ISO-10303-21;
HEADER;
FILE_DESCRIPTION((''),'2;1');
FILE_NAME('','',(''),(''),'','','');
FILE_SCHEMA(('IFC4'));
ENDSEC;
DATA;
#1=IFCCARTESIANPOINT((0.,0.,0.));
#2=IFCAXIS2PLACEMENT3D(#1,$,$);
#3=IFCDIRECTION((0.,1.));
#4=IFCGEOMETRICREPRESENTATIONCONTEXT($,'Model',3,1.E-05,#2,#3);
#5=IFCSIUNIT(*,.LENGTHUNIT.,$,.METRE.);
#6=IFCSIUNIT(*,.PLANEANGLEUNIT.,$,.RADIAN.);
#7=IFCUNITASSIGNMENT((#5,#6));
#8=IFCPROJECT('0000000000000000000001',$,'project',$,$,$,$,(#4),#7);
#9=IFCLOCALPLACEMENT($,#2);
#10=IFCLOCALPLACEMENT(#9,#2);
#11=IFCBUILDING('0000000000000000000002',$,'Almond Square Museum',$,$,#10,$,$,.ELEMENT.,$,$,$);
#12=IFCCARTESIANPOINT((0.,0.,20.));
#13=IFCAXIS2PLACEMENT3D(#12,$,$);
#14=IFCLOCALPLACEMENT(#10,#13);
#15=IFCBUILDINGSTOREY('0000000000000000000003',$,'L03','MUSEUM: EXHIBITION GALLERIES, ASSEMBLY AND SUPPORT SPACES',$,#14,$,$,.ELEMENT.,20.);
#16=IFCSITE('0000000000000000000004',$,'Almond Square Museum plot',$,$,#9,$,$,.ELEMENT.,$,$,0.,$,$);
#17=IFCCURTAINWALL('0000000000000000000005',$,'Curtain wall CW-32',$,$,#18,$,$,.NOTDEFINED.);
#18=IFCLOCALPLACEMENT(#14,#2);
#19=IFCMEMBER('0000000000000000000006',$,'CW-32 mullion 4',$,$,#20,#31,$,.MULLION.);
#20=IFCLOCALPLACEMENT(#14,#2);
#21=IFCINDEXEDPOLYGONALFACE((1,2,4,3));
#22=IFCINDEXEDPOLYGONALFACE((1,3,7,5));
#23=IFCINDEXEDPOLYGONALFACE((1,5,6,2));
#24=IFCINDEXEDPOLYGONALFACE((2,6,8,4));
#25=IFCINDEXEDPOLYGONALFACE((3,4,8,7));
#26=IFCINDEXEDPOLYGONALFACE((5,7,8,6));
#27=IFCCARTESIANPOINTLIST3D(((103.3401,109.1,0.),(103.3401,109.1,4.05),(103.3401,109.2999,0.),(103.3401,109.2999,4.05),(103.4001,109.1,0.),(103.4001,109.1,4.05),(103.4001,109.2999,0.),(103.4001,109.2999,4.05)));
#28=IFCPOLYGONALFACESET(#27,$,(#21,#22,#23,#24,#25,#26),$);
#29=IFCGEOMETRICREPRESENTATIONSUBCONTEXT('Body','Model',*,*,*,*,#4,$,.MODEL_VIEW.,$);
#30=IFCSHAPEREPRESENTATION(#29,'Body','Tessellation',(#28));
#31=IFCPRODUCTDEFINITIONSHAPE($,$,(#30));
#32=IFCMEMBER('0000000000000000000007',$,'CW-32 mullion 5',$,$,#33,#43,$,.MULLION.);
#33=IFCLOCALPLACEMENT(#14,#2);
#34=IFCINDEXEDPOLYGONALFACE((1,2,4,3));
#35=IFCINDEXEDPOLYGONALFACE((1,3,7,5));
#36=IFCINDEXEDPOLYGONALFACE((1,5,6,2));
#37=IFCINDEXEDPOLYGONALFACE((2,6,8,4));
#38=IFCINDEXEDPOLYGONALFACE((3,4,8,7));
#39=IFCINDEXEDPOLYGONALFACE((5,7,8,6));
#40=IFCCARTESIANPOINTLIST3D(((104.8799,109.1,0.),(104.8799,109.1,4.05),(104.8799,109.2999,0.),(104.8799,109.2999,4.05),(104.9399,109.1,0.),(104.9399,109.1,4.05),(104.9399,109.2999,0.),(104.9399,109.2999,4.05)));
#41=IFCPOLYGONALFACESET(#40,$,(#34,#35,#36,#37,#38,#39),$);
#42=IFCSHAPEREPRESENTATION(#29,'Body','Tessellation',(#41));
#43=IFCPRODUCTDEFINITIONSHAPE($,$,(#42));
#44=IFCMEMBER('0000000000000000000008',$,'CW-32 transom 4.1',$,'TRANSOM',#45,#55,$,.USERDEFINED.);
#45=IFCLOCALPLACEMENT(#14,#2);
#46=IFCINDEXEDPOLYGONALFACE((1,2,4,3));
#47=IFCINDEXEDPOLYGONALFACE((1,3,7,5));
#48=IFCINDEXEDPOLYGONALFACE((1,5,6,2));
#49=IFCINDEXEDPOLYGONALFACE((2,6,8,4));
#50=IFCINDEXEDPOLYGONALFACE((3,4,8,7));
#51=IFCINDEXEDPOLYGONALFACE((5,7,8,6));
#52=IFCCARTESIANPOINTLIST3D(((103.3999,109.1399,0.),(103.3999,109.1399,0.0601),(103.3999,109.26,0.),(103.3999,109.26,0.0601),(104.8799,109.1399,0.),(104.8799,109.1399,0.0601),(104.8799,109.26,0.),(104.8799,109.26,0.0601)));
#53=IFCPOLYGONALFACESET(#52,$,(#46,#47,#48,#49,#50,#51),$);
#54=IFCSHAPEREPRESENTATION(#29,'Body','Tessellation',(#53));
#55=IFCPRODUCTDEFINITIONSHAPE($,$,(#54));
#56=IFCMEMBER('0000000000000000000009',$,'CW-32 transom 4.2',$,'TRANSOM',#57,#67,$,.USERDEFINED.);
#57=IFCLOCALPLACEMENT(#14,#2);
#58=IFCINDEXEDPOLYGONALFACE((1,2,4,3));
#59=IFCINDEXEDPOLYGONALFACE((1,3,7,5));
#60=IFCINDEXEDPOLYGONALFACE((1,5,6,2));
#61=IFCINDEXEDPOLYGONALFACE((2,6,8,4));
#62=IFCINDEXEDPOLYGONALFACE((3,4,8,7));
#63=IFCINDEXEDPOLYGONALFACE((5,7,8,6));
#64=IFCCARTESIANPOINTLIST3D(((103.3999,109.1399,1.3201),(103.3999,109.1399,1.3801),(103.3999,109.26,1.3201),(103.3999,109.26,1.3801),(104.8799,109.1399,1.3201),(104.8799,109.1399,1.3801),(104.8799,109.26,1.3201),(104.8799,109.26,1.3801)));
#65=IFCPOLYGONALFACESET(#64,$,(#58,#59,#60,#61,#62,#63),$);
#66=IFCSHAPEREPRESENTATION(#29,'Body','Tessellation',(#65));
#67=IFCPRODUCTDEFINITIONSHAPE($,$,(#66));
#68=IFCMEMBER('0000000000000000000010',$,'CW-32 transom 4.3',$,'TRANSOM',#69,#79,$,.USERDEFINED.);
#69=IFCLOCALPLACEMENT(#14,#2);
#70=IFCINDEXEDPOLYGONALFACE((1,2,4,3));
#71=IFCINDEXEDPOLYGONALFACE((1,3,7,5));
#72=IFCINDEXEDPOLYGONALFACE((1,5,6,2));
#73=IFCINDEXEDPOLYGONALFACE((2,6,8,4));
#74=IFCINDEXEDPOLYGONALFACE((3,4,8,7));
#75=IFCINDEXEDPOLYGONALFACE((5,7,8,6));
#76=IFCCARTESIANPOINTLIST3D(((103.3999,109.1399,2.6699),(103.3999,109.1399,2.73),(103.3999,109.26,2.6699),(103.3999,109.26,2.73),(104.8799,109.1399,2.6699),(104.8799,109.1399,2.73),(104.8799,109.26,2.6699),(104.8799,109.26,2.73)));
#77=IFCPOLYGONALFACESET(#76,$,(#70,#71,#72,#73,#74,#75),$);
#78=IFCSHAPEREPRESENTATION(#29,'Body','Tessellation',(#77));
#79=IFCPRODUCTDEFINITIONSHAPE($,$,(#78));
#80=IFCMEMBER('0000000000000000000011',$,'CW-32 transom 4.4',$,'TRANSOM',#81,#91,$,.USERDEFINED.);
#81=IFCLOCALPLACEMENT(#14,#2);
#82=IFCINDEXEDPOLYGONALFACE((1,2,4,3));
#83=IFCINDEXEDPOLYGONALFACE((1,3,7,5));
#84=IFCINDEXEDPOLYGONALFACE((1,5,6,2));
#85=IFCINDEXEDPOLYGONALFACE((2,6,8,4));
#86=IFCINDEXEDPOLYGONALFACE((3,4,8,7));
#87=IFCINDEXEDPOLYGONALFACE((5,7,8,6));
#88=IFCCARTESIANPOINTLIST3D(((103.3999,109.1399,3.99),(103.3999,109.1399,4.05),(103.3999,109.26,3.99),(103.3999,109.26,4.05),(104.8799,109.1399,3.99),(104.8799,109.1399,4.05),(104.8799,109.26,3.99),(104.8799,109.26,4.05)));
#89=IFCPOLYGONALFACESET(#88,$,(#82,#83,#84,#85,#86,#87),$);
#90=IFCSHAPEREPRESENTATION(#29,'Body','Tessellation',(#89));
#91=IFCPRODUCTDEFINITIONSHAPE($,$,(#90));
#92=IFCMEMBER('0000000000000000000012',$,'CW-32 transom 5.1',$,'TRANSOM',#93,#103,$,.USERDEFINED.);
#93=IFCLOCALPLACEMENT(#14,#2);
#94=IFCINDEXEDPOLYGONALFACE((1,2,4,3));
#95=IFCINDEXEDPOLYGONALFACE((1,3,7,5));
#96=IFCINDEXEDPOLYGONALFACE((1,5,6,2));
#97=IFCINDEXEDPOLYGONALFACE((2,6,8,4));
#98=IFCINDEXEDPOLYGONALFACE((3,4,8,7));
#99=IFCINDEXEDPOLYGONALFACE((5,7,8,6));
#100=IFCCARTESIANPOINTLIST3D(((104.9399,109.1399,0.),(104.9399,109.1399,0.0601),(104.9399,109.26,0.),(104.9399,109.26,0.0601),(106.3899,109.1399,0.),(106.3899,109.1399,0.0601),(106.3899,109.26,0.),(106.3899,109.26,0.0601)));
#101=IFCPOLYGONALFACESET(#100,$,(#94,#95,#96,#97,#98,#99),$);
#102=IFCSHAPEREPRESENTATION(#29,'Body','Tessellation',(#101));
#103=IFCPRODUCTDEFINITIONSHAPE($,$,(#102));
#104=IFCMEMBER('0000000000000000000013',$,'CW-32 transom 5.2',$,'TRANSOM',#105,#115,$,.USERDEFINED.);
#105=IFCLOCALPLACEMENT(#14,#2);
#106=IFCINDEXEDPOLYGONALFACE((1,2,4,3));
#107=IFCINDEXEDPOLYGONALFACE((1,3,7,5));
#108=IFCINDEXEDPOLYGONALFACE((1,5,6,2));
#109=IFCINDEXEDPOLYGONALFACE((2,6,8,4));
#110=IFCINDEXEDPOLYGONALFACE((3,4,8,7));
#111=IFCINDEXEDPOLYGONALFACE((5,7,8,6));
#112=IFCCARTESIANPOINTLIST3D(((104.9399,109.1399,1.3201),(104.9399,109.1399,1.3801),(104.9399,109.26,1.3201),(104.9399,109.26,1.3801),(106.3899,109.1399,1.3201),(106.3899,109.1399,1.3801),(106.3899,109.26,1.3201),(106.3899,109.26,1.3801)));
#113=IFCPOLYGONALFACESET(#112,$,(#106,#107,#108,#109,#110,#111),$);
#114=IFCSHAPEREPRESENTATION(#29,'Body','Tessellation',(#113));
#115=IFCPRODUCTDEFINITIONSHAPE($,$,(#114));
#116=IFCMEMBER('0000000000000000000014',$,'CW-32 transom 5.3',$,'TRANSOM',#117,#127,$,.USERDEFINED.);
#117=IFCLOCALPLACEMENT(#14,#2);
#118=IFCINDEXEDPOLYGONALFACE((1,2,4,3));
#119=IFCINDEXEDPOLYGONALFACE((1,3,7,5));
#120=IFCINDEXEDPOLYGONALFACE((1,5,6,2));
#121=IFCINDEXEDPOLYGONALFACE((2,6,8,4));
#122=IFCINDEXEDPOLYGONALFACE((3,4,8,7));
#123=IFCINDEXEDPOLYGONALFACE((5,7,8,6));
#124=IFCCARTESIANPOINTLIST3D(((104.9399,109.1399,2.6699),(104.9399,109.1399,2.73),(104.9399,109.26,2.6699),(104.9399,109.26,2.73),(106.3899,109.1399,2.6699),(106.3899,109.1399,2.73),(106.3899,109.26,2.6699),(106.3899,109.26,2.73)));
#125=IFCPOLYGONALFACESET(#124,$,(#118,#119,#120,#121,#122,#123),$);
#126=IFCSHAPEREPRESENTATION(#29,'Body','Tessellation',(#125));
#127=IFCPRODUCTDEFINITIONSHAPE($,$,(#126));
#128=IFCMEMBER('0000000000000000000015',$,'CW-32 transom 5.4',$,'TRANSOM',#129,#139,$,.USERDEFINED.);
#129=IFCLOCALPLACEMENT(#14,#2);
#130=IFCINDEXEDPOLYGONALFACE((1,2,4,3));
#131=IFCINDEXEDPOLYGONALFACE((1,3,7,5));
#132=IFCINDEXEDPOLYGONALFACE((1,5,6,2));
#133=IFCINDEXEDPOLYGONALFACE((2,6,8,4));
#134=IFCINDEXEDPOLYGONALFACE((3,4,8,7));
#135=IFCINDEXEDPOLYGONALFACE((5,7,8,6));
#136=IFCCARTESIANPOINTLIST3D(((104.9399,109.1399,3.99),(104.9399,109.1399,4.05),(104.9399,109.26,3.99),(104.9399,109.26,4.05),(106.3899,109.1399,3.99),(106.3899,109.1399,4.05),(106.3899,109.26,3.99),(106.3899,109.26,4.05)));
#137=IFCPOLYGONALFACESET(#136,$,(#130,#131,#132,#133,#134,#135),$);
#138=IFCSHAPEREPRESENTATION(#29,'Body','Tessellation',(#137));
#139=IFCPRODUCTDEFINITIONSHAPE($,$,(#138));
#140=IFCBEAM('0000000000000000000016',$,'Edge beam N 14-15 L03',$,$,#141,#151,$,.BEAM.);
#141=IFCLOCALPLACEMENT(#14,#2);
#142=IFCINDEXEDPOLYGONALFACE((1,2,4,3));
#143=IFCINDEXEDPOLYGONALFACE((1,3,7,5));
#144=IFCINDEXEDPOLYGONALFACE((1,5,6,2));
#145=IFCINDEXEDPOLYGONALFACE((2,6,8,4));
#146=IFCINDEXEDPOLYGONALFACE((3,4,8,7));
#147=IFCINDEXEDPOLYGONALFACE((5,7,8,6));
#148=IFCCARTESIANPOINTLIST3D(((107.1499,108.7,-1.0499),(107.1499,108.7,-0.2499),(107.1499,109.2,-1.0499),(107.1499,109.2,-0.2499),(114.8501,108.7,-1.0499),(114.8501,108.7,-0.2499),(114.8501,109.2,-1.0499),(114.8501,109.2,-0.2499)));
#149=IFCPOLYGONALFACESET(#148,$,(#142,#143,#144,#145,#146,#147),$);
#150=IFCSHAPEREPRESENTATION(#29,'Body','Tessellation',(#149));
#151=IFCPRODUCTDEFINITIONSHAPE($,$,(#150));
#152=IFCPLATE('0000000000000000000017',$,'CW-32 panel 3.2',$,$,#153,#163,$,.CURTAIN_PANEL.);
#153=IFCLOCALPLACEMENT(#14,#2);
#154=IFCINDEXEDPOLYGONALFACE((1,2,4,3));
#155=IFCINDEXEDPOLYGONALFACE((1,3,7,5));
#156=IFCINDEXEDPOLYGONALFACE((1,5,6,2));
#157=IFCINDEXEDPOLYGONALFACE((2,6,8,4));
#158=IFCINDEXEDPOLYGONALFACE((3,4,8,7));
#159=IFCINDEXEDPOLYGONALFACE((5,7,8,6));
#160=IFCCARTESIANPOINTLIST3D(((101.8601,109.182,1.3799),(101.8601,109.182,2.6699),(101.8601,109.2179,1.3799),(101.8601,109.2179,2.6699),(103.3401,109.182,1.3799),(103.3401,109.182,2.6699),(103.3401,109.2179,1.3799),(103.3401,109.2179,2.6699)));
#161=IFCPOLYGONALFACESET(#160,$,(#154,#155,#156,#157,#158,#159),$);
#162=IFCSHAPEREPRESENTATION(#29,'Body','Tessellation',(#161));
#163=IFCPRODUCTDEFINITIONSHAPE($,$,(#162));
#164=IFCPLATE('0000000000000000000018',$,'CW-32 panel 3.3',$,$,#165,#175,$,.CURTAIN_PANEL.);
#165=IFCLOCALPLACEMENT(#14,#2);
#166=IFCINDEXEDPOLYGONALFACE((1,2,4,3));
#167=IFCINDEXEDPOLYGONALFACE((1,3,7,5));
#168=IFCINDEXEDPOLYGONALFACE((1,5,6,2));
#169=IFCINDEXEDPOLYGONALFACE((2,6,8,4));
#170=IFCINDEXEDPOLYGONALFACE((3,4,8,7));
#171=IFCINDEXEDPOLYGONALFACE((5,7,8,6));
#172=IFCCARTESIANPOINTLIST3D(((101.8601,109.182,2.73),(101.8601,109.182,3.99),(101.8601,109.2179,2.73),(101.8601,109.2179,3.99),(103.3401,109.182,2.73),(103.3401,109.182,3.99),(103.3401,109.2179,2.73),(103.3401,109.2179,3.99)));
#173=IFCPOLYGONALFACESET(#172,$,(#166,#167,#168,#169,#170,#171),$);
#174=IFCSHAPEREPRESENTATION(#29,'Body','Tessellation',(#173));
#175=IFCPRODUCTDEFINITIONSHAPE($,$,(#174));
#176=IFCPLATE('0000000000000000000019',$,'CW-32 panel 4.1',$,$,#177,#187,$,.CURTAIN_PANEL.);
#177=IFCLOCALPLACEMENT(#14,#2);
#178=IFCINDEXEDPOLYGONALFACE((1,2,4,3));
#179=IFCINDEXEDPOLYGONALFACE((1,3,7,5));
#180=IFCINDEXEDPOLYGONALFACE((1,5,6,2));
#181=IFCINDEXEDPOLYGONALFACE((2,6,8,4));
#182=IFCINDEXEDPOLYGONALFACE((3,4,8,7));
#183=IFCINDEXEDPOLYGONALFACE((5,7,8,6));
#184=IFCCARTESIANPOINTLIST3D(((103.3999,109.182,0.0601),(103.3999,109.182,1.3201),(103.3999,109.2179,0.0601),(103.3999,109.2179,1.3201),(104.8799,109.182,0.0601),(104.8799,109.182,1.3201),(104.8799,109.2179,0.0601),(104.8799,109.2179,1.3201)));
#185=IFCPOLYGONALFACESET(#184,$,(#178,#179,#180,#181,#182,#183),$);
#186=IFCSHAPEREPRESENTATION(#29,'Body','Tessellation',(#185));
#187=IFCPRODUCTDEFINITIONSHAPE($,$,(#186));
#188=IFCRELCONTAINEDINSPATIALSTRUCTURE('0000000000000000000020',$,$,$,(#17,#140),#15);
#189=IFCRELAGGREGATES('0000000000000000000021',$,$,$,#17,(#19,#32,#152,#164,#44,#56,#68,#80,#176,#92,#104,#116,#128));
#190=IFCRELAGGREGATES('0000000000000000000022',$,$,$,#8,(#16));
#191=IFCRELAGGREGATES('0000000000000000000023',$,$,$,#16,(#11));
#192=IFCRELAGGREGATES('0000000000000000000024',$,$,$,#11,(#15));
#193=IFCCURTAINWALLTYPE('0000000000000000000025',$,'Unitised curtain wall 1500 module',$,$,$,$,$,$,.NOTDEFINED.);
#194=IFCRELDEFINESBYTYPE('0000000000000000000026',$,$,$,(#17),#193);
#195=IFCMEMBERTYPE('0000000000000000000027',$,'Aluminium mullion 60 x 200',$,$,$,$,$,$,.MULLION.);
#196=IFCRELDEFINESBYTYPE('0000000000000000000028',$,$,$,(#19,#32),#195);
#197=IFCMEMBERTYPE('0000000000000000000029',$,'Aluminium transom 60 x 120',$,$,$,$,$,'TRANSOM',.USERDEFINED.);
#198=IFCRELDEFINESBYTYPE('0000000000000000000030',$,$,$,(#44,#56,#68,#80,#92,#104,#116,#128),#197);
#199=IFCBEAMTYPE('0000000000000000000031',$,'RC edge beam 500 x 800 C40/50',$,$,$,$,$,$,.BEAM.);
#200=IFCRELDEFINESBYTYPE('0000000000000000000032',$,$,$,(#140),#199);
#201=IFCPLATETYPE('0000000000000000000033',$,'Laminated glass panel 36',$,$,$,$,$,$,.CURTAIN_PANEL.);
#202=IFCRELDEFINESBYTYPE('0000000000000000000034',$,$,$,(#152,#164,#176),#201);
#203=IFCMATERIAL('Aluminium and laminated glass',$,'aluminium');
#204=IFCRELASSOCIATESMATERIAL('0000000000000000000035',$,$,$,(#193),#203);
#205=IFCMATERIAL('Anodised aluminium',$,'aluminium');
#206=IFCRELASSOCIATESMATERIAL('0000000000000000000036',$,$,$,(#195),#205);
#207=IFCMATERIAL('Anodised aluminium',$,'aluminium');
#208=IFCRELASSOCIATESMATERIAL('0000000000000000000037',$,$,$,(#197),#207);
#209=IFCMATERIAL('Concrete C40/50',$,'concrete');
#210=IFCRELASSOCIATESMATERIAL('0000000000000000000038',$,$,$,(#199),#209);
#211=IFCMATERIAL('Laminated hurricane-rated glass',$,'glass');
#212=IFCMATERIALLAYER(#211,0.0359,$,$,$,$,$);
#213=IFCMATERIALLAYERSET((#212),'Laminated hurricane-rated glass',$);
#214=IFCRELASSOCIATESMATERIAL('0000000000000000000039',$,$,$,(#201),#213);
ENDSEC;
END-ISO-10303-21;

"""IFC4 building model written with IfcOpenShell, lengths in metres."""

from ifc_helpers import new_model, si_unit, direction, frame, origin, origin_2d, place, context, subcontext, project, spatial, rectangle, extrude, material, layer, layer_set, material_profile, profile_set, type_object, element, aggregate, save


model = new_model("IFC4")

# Units and contexts
model_context = context("Model", 3, precision=1e-05, world=origin(), true_north=direction((0.0, 1.0)))
body_context = subcontext(model_context, "Body", "Model", "MODEL_VIEW")
ifc_project = project(units=[si_unit("LENGTHUNIT", "METRE"), si_unit("PLANEANGLEUNIT", "RADIAN")], contexts=[model_context])

# Site, building, storey
site_placement = place(None, origin())
site = spatial("IfcSite", under=ifc_project, at=site_placement, Name="Almond Square Museum plot", CompositionType="ELEMENT", RefElevation=0.0)
building_placement = place(site_placement, origin())
building = spatial("IfcBuilding", under=site, at=building_placement, Name="Almond Square Museum", CompositionType="ELEMENT")
storey_placement = place(building_placement, frame((0.0, 0.0, 20.0)))
storey = spatial("IfcBuildingStorey", under=building, at=storey_placement, Name="L03", Description="MUSEUM: EXHIBITION GALLERIES, ASSEMBLY AND SUPPORT SPACES", CompositionType="ELEMENT", Elevation=20.0)

# Curtain wall, members
ifc_material_1 = material(Name="Aluminium and laminated glass", Category="aluminium")
curtain_wall_type = type_object("IfcCurtainWallType", Name="Unitised curtain wall 1500 module", PredefinedType="NOTDEFINED", material=ifc_material_1)
curtain_wall_placement = place(storey_placement, origin())
curtain_wall = element("IfcCurtainWall", 1, at=curtain_wall_placement, inside=storey, type_object=curtain_wall_type, Name="Curtain wall CW-32", PredefinedType="NOTDEFINED")
ifc_material_2 = material(Name="Anodised aluminium", Category="aluminium")
ifc_material_profile_1 = material_profile(ifc_material_2, rectangle(XDim=0.2, YDim=0.0601, at=origin_2d()))
ifc_profile_set_1 = profile_set([ifc_material_profile_1], Name="Anodised aluminium")
member_type_1 = type_object("IfcMemberType", Name="Aluminium mullion 60 x 200", PredefinedType="MULLION", material=ifc_profile_set_1)
member_1_placement = place(storey_placement, frame((103.3701, 109.2, 0.0), z_axis=(0.0, 0.0, 1.0), x_axis=(0.0, 1.0, 0.0)))
member_1 = element("IfcMember", 2, at=member_1_placement, type_object=member_type_1, Name="CW-32 mullion 4", PredefinedType="MULLION", context=body_context, shape_type="SweptSolid", body=[
    extrude(rectangle(XDim=0.2, YDim=0.0601, at=origin_2d()), origin(), (0.0, 0.0, 1.0), 4.05),
])
member_2_placement = place(storey_placement, frame((104.9099, 109.2, 0.0), z_axis=(0.0, 0.0, 1.0), x_axis=(0.0, 1.0, 0.0)))
member_2 = element("IfcMember", 3, at=member_2_placement, type_object=member_type_1, Name="CW-32 mullion 5", PredefinedType="MULLION", context=body_context, shape_type="SweptSolid", body=[
    extrude(rectangle(XDim=0.2, YDim=0.0601, at=origin_2d()), origin(), (0.0, 0.0, 1.0), 4.05),
])
ifc_material_3 = material(Name="Anodised aluminium", Category="aluminium")
ifc_material_profile_2 = material_profile(ifc_material_3, rectangle(XDim=0.1201, YDim=0.0601, at=origin_2d()))
ifc_profile_set_2 = profile_set([ifc_material_profile_2], Name="Anodised aluminium")
member_type_2 = type_object("IfcMemberType", Name="Aluminium transom 60 x 120", ElementType="TRANSOM", PredefinedType="USERDEFINED", material=ifc_profile_set_2)
member_3_placement = place(storey_placement, frame((103.3999, 109.2, 0.03), z_axis=(1.0, 0.0, 0.0), x_axis=(0.0, 1.0, 0.0)))
member_3 = element("IfcMember", 4, at=member_3_placement, type_object=member_type_2, Name="CW-32 transom 4.1", ObjectType="TRANSOM", PredefinedType="USERDEFINED", context=body_context, shape_type="SweptSolid", body=[
    extrude(rectangle(XDim=0.1201, YDim=0.0601, at=origin_2d()), origin(), (0.0, 0.0, 1.0), 1.48),
])
member_4_placement = place(storey_placement, frame((103.3999, 109.2, 1.3501), z_axis=(1.0, 0.0, 0.0), x_axis=(0.0, 1.0, 0.0)))
member_4 = element("IfcMember", 5, at=member_4_placement, type_object=member_type_2, Name="CW-32 transom 4.2", ObjectType="TRANSOM", PredefinedType="USERDEFINED", context=body_context, shape_type="SweptSolid", body=[
    extrude(rectangle(XDim=0.1201, YDim=0.0601, at=origin_2d()), origin(), (0.0, 0.0, 1.0), 1.48),
])
member_5_placement = place(storey_placement, frame((103.3999, 109.2, 2.7), z_axis=(1.0, 0.0, 0.0), x_axis=(0.0, 1.0, 0.0)))
member_5 = element("IfcMember", 6, at=member_5_placement, type_object=member_type_2, Name="CW-32 transom 4.3", ObjectType="TRANSOM", PredefinedType="USERDEFINED", context=body_context, shape_type="SweptSolid", body=[
    extrude(rectangle(XDim=0.1201, YDim=0.0601, at=origin_2d()), origin(), (0.0, 0.0, 1.0), 1.48),
])
member_6_placement = place(storey_placement, frame((103.3999, 109.2, 4.02), z_axis=(1.0, 0.0, 0.0), x_axis=(0.0, 1.0, 0.0)))
member_6 = element("IfcMember", 7, at=member_6_placement, type_object=member_type_2, Name="CW-32 transom 4.4", ObjectType="TRANSOM", PredefinedType="USERDEFINED", context=body_context, shape_type="SweptSolid", body=[
    extrude(rectangle(XDim=0.1201, YDim=0.0601, at=origin_2d()), origin(), (0.0, 0.0, 1.0), 1.48),
])
member_7_placement = place(storey_placement, frame((104.9399, 109.2, 0.03), z_axis=(1.0, 0.0, 0.0), x_axis=(0.0, 1.0, 0.0)))
member_7 = element("IfcMember", 8, at=member_7_placement, type_object=member_type_2, Name="CW-32 transom 5.1", ObjectType="TRANSOM", PredefinedType="USERDEFINED", context=body_context, shape_type="SweptSolid", body=[
    extrude(rectangle(XDim=0.1201, YDim=0.0601, at=origin_2d()), origin(), (0.0, 0.0, 1.0), 1.45),
])
member_8_placement = place(storey_placement, frame((104.9399, 109.2, 1.3501), z_axis=(1.0, 0.0, 0.0), x_axis=(0.0, 1.0, 0.0)))
member_8 = element("IfcMember", 9, at=member_8_placement, type_object=member_type_2, Name="CW-32 transom 5.2", ObjectType="TRANSOM", PredefinedType="USERDEFINED", context=body_context, shape_type="SweptSolid", body=[
    extrude(rectangle(XDim=0.1201, YDim=0.0601, at=origin_2d()), origin(), (0.0, 0.0, 1.0), 1.45),
])
member_9_placement = place(storey_placement, frame((104.9399, 109.2, 2.7), z_axis=(1.0, 0.0, 0.0), x_axis=(0.0, 1.0, 0.0)))
member_9 = element("IfcMember", 10, at=member_9_placement, type_object=member_type_2, Name="CW-32 transom 5.3", ObjectType="TRANSOM", PredefinedType="USERDEFINED", context=body_context, shape_type="SweptSolid", body=[
    extrude(rectangle(XDim=0.1201, YDim=0.0601, at=origin_2d()), origin(), (0.0, 0.0, 1.0), 1.45),
])
member_10_placement = place(storey_placement, frame((104.9399, 109.2, 4.02), z_axis=(1.0, 0.0, 0.0), x_axis=(0.0, 1.0, 0.0)))
member_10 = element("IfcMember", 11, at=member_10_placement, type_object=member_type_2, Name="CW-32 transom 5.4", ObjectType="TRANSOM", PredefinedType="USERDEFINED", context=body_context, shape_type="SweptSolid", body=[
    extrude(rectangle(XDim=0.1201, YDim=0.0601, at=origin_2d()), origin(), (0.0, 0.0, 1.0), 1.45),
])

# Beam
ifc_material_4 = material(Name="Concrete C40/50", Category="concrete")
ifc_material_profile_3 = material_profile(ifc_material_4, rectangle(XDim=0.5, YDim=0.8, at=origin_2d()))
ifc_profile_set_3 = profile_set([ifc_material_profile_3], Name="Concrete C40/50")
beam_type = type_object("IfcBeamType", Name="RC edge beam 500 x 800 C40/50", PredefinedType="BEAM", material=ifc_profile_set_3)
beam_placement = place(storey_placement, frame((107.1499, 108.95, -0.6499), z_axis=(1.0, 0.0, 0.0), x_axis=(0.0, 1.0, 0.0)))
element("IfcBeam", 12, at=beam_placement, inside=storey, type_object=beam_type, Name="Edge beam N 14-15 L03", PredefinedType="BEAM", context=body_context, shape_type="SweptSolid", body=[
    extrude(rectangle(XDim=0.5, YDim=0.8, at=origin_2d()), origin(), (0.0, 0.0, 1.0), 7.7002),
])

# Plates
ifc_material_5 = material(Name="Laminated hurricane-rated glass", Category="glass")
ifc_layer_1 = layer(ifc_material_5, 0.0359)
ifc_layer_set_1 = layer_set([ifc_layer_1], Name="Laminated hurricane-rated glass")
plate_type = type_object("IfcPlateType", Name="Laminated glass panel 36", PredefinedType="CURTAIN_PANEL", material=ifc_layer_set_1)
plate_1_placement = place(storey_placement, frame((102.6001, 109.2, 1.3799), z_axis=(0.0, 0.0, 1.0), x_axis=(1.0, 0.0, 0.0)))
plate_1 = element("IfcPlate", 13, at=plate_1_placement, type_object=plate_type, Name="CW-32 panel 3.2", PredefinedType="CURTAIN_PANEL", context=body_context, shape_type="SweptSolid", body=[
    extrude(rectangle(XDim=1.48, YDim=0.0359, at=origin_2d()), origin(), (0.0, 0.0, 1.0), 1.29),
])
plate_2_placement = place(storey_placement, frame((102.6001, 109.2, 2.73), z_axis=(0.0, 0.0, 1.0), x_axis=(1.0, 0.0, 0.0)))
plate_2 = element("IfcPlate", 14, at=plate_2_placement, type_object=plate_type, Name="CW-32 panel 3.3", PredefinedType="CURTAIN_PANEL", context=body_context, shape_type="SweptSolid", body=[
    extrude(rectangle(XDim=1.48, YDim=0.0359, at=origin_2d()), origin(), (0.0, 0.0, 1.0), 1.26),
])
plate_3_placement = place(storey_placement, frame((104.1399, 109.2, 0.0601), z_axis=(0.0, 0.0, 1.0), x_axis=(1.0, 0.0, 0.0)))
plate_3 = element("IfcPlate", 15, at=plate_3_placement, type_object=plate_type, Name="CW-32 panel 4.1", PredefinedType="CURTAIN_PANEL", context=body_context, shape_type="SweptSolid", body=[
    extrude(rectangle(XDim=1.48, YDim=0.0359, at=origin_2d()), origin(), (0.0, 0.0, 1.0), 1.26),
])
aggregate(curtain_wall, [member_1, member_2, plate_1, plate_2, member_3, member_4, member_5, member_6, plate_3, member_7, member_8, member_9, member_10])

save(model, "model.ifc")
